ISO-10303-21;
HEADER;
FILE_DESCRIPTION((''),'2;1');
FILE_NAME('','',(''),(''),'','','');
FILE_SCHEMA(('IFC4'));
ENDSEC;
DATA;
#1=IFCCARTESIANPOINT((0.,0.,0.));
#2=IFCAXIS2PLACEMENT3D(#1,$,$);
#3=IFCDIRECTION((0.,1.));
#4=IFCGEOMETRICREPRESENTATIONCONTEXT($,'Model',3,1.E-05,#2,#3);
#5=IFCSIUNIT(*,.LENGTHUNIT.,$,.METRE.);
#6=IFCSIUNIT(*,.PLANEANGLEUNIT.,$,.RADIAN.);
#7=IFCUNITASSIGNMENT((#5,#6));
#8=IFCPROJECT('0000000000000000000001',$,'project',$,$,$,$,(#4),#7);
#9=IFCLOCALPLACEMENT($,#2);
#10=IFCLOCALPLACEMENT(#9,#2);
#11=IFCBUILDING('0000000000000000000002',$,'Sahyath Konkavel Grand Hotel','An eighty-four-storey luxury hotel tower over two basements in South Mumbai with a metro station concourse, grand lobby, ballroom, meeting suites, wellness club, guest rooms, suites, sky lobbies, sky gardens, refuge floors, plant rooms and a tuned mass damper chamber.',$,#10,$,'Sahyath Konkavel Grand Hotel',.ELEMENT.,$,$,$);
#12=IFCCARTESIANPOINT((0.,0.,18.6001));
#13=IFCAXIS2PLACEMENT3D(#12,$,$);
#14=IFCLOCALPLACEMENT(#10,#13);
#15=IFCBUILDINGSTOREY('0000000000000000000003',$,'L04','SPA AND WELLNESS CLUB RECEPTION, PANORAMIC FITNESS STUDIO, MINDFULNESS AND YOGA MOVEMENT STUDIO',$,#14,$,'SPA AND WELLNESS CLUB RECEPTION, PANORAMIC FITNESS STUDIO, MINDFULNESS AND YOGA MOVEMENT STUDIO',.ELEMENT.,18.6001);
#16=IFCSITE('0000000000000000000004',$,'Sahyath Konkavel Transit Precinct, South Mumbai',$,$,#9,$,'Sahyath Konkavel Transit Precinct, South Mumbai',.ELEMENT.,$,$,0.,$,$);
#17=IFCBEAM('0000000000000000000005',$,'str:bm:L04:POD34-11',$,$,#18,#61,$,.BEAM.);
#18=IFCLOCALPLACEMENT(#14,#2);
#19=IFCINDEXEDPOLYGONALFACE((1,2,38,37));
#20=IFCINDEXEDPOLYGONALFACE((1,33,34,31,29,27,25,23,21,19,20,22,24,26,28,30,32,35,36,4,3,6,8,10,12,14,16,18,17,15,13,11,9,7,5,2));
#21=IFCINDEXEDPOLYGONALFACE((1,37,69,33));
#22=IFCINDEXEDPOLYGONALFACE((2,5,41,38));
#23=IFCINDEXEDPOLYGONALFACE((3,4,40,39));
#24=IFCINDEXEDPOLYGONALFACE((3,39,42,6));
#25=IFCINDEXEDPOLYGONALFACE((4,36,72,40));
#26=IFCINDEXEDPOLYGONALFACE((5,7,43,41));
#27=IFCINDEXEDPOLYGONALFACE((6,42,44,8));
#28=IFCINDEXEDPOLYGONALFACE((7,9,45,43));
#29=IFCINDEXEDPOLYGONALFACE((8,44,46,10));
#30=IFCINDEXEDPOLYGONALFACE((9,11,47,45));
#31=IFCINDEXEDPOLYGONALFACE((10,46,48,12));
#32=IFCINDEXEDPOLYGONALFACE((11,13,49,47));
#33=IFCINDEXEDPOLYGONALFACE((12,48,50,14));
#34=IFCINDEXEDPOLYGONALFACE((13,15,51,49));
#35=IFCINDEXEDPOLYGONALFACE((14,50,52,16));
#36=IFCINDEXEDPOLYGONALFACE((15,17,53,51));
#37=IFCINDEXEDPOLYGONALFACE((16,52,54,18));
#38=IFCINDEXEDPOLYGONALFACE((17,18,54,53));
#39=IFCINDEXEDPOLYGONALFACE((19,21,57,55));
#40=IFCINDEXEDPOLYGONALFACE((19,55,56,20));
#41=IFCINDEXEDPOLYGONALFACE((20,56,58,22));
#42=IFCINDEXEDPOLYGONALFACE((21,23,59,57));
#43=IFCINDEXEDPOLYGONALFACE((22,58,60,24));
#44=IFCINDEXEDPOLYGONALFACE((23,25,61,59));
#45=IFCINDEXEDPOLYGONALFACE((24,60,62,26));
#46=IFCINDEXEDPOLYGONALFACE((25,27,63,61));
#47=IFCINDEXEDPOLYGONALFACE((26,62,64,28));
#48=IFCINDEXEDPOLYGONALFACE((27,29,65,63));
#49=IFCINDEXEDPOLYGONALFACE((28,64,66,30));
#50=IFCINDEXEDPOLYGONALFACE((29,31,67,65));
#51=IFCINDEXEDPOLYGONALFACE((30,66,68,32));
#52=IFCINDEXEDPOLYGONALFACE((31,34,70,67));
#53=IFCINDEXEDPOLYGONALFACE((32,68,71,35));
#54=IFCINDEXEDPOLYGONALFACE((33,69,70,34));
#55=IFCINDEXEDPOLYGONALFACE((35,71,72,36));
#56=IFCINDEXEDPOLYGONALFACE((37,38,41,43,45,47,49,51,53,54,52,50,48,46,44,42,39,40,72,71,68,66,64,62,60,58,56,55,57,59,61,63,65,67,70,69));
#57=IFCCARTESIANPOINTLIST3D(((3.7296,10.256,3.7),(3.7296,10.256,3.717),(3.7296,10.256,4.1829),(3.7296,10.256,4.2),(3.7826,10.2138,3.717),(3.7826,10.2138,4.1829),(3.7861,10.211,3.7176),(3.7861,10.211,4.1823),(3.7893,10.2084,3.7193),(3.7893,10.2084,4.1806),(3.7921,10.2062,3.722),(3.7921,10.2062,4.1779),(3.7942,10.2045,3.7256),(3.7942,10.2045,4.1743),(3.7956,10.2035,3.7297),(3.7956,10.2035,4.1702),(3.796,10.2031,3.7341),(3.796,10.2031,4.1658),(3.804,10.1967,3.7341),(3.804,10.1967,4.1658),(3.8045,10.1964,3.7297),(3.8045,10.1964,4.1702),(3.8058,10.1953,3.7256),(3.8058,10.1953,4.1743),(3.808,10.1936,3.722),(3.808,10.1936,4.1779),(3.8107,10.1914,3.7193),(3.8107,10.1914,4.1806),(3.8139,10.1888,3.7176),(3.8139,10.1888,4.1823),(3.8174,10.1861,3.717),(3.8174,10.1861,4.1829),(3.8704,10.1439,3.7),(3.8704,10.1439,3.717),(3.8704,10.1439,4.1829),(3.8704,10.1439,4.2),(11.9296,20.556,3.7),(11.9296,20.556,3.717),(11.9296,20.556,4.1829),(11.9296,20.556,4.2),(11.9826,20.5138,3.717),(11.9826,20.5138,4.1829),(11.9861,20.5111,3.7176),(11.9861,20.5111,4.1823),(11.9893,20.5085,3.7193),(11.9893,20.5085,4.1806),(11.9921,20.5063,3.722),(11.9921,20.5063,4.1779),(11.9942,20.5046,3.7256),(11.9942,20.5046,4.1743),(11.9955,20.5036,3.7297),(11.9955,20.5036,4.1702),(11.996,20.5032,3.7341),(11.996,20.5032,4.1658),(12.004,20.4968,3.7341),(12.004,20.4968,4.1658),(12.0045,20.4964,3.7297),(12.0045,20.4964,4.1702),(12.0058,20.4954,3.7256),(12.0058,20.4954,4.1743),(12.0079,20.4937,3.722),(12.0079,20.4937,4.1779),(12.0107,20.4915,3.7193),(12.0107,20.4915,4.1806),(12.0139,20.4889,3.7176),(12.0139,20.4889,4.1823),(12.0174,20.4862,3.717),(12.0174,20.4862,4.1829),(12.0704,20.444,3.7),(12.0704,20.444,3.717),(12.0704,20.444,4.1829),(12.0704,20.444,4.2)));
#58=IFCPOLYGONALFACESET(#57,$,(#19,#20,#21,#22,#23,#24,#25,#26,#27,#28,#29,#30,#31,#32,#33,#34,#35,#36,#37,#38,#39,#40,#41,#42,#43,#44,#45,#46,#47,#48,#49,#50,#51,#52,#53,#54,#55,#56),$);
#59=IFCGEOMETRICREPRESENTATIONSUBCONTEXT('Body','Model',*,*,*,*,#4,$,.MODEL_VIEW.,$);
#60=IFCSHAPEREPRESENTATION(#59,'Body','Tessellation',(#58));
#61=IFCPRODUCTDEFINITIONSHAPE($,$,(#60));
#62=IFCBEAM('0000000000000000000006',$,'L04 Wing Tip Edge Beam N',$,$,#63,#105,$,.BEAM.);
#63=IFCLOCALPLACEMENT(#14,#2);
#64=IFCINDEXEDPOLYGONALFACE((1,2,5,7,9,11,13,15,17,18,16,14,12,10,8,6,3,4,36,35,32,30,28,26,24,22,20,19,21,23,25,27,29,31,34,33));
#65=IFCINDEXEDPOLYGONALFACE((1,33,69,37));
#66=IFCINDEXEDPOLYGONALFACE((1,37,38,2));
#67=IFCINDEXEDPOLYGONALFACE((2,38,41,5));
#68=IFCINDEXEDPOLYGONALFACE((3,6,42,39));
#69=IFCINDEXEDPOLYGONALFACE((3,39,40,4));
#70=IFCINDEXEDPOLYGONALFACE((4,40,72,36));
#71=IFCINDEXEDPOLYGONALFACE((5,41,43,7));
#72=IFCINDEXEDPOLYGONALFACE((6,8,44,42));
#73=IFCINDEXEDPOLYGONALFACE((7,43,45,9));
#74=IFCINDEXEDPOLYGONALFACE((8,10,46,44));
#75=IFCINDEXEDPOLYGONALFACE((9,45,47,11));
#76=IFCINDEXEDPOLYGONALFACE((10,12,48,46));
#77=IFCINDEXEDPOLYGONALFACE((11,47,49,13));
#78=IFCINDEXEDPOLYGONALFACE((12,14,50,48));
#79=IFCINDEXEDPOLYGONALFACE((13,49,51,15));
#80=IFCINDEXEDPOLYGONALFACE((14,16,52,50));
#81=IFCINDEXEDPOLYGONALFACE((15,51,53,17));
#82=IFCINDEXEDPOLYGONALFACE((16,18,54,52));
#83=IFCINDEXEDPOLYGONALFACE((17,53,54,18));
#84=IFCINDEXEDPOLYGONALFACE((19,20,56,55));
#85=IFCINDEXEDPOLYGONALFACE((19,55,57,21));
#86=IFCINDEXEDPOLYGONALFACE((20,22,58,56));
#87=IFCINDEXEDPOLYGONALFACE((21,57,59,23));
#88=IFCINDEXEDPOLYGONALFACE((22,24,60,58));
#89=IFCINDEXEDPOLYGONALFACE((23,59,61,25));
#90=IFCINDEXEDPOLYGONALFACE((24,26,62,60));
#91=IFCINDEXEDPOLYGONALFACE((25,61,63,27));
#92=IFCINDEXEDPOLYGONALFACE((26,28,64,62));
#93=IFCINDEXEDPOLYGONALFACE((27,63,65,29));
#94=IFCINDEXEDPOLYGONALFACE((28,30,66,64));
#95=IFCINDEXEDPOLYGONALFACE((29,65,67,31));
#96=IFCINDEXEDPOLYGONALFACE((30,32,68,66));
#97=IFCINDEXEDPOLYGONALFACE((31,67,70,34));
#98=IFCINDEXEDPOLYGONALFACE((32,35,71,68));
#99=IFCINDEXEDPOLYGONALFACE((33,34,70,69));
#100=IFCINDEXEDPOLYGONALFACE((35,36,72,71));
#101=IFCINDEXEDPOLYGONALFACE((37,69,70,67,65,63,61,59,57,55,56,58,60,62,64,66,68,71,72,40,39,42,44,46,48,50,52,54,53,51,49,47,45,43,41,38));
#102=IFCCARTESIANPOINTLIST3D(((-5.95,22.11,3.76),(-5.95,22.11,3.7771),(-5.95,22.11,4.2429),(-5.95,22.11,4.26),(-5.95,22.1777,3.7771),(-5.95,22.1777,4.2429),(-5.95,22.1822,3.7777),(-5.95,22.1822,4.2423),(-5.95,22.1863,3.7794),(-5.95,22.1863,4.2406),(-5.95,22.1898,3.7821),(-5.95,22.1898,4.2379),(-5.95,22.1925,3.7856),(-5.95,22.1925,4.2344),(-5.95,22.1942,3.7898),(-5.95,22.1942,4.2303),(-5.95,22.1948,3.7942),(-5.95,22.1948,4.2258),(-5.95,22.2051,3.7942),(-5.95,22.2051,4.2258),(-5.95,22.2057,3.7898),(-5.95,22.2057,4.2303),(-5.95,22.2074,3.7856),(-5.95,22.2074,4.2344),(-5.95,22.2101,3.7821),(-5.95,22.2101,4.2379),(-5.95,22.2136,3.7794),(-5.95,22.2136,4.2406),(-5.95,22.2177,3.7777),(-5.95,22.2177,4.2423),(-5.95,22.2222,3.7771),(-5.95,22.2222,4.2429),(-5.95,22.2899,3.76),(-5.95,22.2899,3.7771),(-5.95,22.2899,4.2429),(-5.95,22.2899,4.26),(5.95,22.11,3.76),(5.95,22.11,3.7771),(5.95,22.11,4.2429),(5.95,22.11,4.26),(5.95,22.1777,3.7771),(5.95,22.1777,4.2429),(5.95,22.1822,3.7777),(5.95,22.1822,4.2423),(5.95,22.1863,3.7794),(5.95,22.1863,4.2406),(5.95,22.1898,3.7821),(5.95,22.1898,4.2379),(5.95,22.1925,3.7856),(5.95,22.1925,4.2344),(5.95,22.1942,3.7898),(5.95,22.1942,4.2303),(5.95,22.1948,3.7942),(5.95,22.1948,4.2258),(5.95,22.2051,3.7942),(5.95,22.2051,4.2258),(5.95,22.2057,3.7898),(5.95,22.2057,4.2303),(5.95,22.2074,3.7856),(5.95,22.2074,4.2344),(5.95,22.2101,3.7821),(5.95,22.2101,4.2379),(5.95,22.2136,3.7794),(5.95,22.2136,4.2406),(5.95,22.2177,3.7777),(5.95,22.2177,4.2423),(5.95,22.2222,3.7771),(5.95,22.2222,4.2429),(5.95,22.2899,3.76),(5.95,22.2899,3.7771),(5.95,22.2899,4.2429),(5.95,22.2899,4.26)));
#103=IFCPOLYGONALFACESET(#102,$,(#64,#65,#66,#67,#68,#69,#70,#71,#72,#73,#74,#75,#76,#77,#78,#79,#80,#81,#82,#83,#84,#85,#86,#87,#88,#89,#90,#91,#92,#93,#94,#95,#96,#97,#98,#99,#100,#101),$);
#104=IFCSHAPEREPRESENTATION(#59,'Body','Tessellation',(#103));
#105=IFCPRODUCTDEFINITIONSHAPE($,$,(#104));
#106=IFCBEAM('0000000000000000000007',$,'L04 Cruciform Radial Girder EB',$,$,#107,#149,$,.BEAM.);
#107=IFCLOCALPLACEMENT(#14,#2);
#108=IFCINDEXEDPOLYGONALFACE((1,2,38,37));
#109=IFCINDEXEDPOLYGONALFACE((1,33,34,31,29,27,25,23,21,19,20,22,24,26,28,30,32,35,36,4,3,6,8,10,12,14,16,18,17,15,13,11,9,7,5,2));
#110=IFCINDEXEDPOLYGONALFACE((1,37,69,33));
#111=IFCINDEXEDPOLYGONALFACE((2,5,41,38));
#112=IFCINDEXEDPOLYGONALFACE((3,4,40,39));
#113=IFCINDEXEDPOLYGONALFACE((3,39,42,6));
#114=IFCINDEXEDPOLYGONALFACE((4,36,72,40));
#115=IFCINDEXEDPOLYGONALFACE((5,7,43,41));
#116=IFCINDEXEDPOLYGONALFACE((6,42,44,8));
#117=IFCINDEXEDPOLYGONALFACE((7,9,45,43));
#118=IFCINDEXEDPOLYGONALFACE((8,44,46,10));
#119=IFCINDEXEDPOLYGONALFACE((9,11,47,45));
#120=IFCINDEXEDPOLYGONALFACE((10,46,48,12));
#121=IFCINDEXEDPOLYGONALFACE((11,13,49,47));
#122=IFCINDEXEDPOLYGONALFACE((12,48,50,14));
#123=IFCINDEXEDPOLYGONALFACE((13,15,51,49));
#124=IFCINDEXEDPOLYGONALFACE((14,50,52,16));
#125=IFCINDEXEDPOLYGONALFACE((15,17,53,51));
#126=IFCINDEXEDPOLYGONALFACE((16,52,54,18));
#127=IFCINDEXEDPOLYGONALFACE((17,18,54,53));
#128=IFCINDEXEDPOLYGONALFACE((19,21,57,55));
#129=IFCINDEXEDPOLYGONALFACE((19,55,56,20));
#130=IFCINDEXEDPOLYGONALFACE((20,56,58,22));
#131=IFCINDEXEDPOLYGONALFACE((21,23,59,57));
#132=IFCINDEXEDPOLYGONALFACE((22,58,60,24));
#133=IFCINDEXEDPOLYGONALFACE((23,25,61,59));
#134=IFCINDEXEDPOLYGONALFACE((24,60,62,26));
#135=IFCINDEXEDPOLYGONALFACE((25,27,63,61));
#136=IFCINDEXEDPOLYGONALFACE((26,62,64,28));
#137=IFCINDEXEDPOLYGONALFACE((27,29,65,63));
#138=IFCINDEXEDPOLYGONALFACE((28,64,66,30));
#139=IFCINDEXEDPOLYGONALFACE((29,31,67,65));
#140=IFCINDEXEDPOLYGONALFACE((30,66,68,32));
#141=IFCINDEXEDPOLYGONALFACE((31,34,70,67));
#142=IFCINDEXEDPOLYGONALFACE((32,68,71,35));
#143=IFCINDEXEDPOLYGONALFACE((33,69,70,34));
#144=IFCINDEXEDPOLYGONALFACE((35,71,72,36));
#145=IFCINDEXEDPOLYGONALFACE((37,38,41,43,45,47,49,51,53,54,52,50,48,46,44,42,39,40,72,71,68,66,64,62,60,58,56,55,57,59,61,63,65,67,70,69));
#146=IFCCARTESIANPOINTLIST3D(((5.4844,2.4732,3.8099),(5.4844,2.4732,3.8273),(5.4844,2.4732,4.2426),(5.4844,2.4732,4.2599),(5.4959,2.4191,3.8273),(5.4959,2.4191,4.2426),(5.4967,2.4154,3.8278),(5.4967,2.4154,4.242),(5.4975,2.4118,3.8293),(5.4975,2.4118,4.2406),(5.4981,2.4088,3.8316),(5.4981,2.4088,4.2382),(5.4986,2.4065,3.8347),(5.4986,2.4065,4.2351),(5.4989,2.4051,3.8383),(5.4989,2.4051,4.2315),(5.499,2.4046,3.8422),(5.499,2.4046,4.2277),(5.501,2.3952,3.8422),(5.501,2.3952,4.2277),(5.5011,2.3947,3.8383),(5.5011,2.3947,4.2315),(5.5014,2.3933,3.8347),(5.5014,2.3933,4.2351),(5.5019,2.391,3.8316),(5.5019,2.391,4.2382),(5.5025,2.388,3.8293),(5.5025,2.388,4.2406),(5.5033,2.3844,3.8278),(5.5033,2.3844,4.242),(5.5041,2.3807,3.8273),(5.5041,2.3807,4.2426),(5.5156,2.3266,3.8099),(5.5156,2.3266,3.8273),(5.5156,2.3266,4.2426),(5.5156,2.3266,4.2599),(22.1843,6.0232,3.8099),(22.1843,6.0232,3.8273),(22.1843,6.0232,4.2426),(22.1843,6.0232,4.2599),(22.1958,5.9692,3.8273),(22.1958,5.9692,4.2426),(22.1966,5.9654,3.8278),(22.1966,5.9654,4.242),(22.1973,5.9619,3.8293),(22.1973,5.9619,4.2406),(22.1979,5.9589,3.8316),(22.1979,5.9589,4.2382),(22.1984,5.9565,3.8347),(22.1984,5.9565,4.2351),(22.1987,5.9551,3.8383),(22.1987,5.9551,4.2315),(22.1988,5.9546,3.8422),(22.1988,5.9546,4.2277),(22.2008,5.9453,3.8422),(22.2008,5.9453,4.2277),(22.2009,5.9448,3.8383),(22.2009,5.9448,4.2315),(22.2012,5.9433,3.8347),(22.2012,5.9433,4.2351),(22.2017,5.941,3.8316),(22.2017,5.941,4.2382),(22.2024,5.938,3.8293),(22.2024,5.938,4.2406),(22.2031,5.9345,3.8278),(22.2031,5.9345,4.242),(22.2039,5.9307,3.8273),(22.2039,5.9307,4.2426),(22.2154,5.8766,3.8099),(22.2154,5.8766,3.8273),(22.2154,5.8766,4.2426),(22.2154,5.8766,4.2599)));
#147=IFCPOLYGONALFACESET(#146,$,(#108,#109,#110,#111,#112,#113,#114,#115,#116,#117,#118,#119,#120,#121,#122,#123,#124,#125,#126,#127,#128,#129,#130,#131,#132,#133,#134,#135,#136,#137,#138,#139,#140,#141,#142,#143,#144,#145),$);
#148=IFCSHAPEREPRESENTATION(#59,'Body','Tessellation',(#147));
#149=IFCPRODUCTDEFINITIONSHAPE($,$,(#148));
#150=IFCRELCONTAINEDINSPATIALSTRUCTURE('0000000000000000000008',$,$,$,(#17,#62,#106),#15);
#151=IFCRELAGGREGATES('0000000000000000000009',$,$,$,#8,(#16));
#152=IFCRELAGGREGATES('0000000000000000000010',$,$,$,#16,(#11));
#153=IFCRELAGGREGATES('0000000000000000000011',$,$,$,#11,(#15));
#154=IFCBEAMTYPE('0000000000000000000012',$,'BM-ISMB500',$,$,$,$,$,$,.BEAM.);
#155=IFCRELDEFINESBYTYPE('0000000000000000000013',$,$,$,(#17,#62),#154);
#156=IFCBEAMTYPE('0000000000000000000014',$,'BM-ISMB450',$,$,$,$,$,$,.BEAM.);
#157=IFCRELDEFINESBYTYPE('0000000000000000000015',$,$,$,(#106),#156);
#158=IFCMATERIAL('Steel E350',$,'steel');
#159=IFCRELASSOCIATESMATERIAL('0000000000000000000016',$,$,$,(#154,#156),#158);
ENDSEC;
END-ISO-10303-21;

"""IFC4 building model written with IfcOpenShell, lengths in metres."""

from ifc_helpers import new_model, si_unit, direction, frame, origin, origin_2d, place, context, subcontext, project, spatial, i_section, extrude, source, transform, mapped, material, material_profile, profile_set, type_object, element, save


model = new_model("IFC4")

# Units and contexts
model_context = context("Model", 3, precision=1e-05, world=origin(), true_north=direction((0.0, 1.0)))
body_context = subcontext(model_context, "Body", "Model", "MODEL_VIEW")
ifc_project = project(units=[si_unit("LENGTHUNIT", "METRE"), si_unit("PLANEANGLEUNIT", "RADIAN")], contexts=[model_context])

# Site, building, storey
site_placement = place(None, origin())
site = spatial("IfcSite", under=ifc_project, at=site_placement, Name="Sahyath Konkavel Transit Precinct, South Mumbai", LongName="Sahyath Konkavel Transit Precinct, South Mumbai", CompositionType="ELEMENT", RefElevation=0.0)
building_placement = place(site_placement, origin())
building = spatial("IfcBuilding", under=site, at=building_placement, Name="Sahyath Konkavel Grand Hotel", Description="An eighty-four-storey luxury hotel tower over two basements in South Mumbai with a metro station concourse, grand lobby, ballroom, meeting suites, wellness club, guest rooms, suites, sky lobbies, sky gardens, refuge floors, plant rooms and a tuned mass damper chamber.", LongName="Sahyath Konkavel Grand Hotel", CompositionType="ELEMENT")
storey_placement = place(building_placement, frame((0.0, 0.0, 18.6001)))
storey = spatial("IfcBuildingStorey", under=building, at=storey_placement, Name="L04", Description="SPA AND WELLNESS CLUB RECEPTION, PANORAMIC FITNESS STUDIO, MINDFULNESS AND YOGA MOVEMENT STUDIO", LongName="SPA AND WELLNESS CLUB RECEPTION, PANORAMIC FITNESS STUDIO, MINDFULNESS AND YOGA MOVEMENT STUDIO", CompositionType="ELEMENT", Elevation=18.6001)

# Shared definitions
ifc_material_1 = material(Name="Steel E350", Category="steel")

# Beams
ifc_material_profile_1 = material_profile(ifc_material_1, i_section(OverallWidth=0.1799, OverallDepth=0.5, WebThickness=0.0103, FlangeThickness=0.0171, FilletRadius=0.0171, at=origin_2d()), Name="ISMB 500")
ifc_profile_set_1 = profile_set([ifc_material_profile_1], Name="Steel E350")
beam_type_1 = type_object("IfcBeamType", Name="BM-ISMB500", PredefinedType="BEAM", material=ifc_profile_set_1)
shared_shape_1 = source(origin(), body_context, "Body", "SweptSolid", [
    extrude(i_section(OverallWidth=0.1799, OverallDepth=0.5, WebThickness=0.0103, FlangeThickness=0.0171, FilletRadius=0.0171, at=origin_2d()), origin(), (0.0, 0.0, 1.0), 13.1655),
])
beam_1_placement = place(storey_placement, frame((12.0, 20.5, 3.95), z_axis=(-0.622837, -0.782352, 0.0), x_axis=(0.782352, -0.622837, 0.0)))
element("IfcBeam", 1, at=beam_1_placement, inside=storey, type_object=beam_type_1, Name="str:bm:L04:POD34-11", PredefinedType="BEAM", context=body_context, shape_type="MappedRepresentation", body=[
    mapped(shared_shape_1, transform((0.0, 0.0, 0.0), scale=1.0)),
])
shared_shape_2 = source(origin(), body_context, "Body", "SweptSolid", [
    extrude(i_section(OverallWidth=0.1799, OverallDepth=0.5, WebThickness=0.0103, FlangeThickness=0.0171, FilletRadius=0.0171, at=origin_2d()), origin(), (0.0, 0.0, 1.0), 11.8999),
])
beam_2_placement = place(storey_placement, frame((5.95, 22.2, 4.01), z_axis=(-1.0, 0.0, 0.0), x_axis=(0.0, -1.0, 0.0)))
element("IfcBeam", 2, at=beam_2_placement, inside=storey, type_object=beam_type_1, Name="L04 Wing Tip Edge Beam N", PredefinedType="BEAM", context=body_context, shape_type="MappedRepresentation", body=[
    mapped(shared_shape_2, transform((0.0, 0.0, 0.0), scale=1.0)),
])
ifc_material_profile_2 = material_profile(ifc_material_1, i_section(OverallWidth=0.1499, OverallDepth=0.45, WebThickness=0.0095, FlangeThickness=0.0173, FilletRadius=0.0149, at=origin_2d()), Name="ISMB 450")
ifc_profile_set_2 = profile_set([ifc_material_profile_2], Name="Steel E350")
beam_type_2 = type_object("IfcBeamType", Name="BM-ISMB450", PredefinedType="BEAM", material=ifc_profile_set_2)
shared_shape_3 = source(origin(), body_context, "Body", "SweptSolid", [
    extrude(i_section(OverallWidth=0.1499, OverallDepth=0.45, WebThickness=0.0095, FlangeThickness=0.0173, FilletRadius=0.0149, at=origin_2d()), origin(), (0.0, 0.0, 1.0), 17.073),
])
beam_3_placement = place(storey_placement, frame((5.5, 2.3999, 4.0349), z_axis=(0.978143, 0.207932, 0.0), x_axis=(-0.207932, 0.978143, 0.0)))
element("IfcBeam", 3, at=beam_3_placement, inside=storey, type_object=beam_type_2, Name="L04 Cruciform Radial Girder EB", PredefinedType="BEAM", context=body_context, shape_type="MappedRepresentation", body=[
    mapped(shared_shape_3, transform((0.0, 0.0, 0.0), scale=1.0)),
])

save(model, "model.ifc")
